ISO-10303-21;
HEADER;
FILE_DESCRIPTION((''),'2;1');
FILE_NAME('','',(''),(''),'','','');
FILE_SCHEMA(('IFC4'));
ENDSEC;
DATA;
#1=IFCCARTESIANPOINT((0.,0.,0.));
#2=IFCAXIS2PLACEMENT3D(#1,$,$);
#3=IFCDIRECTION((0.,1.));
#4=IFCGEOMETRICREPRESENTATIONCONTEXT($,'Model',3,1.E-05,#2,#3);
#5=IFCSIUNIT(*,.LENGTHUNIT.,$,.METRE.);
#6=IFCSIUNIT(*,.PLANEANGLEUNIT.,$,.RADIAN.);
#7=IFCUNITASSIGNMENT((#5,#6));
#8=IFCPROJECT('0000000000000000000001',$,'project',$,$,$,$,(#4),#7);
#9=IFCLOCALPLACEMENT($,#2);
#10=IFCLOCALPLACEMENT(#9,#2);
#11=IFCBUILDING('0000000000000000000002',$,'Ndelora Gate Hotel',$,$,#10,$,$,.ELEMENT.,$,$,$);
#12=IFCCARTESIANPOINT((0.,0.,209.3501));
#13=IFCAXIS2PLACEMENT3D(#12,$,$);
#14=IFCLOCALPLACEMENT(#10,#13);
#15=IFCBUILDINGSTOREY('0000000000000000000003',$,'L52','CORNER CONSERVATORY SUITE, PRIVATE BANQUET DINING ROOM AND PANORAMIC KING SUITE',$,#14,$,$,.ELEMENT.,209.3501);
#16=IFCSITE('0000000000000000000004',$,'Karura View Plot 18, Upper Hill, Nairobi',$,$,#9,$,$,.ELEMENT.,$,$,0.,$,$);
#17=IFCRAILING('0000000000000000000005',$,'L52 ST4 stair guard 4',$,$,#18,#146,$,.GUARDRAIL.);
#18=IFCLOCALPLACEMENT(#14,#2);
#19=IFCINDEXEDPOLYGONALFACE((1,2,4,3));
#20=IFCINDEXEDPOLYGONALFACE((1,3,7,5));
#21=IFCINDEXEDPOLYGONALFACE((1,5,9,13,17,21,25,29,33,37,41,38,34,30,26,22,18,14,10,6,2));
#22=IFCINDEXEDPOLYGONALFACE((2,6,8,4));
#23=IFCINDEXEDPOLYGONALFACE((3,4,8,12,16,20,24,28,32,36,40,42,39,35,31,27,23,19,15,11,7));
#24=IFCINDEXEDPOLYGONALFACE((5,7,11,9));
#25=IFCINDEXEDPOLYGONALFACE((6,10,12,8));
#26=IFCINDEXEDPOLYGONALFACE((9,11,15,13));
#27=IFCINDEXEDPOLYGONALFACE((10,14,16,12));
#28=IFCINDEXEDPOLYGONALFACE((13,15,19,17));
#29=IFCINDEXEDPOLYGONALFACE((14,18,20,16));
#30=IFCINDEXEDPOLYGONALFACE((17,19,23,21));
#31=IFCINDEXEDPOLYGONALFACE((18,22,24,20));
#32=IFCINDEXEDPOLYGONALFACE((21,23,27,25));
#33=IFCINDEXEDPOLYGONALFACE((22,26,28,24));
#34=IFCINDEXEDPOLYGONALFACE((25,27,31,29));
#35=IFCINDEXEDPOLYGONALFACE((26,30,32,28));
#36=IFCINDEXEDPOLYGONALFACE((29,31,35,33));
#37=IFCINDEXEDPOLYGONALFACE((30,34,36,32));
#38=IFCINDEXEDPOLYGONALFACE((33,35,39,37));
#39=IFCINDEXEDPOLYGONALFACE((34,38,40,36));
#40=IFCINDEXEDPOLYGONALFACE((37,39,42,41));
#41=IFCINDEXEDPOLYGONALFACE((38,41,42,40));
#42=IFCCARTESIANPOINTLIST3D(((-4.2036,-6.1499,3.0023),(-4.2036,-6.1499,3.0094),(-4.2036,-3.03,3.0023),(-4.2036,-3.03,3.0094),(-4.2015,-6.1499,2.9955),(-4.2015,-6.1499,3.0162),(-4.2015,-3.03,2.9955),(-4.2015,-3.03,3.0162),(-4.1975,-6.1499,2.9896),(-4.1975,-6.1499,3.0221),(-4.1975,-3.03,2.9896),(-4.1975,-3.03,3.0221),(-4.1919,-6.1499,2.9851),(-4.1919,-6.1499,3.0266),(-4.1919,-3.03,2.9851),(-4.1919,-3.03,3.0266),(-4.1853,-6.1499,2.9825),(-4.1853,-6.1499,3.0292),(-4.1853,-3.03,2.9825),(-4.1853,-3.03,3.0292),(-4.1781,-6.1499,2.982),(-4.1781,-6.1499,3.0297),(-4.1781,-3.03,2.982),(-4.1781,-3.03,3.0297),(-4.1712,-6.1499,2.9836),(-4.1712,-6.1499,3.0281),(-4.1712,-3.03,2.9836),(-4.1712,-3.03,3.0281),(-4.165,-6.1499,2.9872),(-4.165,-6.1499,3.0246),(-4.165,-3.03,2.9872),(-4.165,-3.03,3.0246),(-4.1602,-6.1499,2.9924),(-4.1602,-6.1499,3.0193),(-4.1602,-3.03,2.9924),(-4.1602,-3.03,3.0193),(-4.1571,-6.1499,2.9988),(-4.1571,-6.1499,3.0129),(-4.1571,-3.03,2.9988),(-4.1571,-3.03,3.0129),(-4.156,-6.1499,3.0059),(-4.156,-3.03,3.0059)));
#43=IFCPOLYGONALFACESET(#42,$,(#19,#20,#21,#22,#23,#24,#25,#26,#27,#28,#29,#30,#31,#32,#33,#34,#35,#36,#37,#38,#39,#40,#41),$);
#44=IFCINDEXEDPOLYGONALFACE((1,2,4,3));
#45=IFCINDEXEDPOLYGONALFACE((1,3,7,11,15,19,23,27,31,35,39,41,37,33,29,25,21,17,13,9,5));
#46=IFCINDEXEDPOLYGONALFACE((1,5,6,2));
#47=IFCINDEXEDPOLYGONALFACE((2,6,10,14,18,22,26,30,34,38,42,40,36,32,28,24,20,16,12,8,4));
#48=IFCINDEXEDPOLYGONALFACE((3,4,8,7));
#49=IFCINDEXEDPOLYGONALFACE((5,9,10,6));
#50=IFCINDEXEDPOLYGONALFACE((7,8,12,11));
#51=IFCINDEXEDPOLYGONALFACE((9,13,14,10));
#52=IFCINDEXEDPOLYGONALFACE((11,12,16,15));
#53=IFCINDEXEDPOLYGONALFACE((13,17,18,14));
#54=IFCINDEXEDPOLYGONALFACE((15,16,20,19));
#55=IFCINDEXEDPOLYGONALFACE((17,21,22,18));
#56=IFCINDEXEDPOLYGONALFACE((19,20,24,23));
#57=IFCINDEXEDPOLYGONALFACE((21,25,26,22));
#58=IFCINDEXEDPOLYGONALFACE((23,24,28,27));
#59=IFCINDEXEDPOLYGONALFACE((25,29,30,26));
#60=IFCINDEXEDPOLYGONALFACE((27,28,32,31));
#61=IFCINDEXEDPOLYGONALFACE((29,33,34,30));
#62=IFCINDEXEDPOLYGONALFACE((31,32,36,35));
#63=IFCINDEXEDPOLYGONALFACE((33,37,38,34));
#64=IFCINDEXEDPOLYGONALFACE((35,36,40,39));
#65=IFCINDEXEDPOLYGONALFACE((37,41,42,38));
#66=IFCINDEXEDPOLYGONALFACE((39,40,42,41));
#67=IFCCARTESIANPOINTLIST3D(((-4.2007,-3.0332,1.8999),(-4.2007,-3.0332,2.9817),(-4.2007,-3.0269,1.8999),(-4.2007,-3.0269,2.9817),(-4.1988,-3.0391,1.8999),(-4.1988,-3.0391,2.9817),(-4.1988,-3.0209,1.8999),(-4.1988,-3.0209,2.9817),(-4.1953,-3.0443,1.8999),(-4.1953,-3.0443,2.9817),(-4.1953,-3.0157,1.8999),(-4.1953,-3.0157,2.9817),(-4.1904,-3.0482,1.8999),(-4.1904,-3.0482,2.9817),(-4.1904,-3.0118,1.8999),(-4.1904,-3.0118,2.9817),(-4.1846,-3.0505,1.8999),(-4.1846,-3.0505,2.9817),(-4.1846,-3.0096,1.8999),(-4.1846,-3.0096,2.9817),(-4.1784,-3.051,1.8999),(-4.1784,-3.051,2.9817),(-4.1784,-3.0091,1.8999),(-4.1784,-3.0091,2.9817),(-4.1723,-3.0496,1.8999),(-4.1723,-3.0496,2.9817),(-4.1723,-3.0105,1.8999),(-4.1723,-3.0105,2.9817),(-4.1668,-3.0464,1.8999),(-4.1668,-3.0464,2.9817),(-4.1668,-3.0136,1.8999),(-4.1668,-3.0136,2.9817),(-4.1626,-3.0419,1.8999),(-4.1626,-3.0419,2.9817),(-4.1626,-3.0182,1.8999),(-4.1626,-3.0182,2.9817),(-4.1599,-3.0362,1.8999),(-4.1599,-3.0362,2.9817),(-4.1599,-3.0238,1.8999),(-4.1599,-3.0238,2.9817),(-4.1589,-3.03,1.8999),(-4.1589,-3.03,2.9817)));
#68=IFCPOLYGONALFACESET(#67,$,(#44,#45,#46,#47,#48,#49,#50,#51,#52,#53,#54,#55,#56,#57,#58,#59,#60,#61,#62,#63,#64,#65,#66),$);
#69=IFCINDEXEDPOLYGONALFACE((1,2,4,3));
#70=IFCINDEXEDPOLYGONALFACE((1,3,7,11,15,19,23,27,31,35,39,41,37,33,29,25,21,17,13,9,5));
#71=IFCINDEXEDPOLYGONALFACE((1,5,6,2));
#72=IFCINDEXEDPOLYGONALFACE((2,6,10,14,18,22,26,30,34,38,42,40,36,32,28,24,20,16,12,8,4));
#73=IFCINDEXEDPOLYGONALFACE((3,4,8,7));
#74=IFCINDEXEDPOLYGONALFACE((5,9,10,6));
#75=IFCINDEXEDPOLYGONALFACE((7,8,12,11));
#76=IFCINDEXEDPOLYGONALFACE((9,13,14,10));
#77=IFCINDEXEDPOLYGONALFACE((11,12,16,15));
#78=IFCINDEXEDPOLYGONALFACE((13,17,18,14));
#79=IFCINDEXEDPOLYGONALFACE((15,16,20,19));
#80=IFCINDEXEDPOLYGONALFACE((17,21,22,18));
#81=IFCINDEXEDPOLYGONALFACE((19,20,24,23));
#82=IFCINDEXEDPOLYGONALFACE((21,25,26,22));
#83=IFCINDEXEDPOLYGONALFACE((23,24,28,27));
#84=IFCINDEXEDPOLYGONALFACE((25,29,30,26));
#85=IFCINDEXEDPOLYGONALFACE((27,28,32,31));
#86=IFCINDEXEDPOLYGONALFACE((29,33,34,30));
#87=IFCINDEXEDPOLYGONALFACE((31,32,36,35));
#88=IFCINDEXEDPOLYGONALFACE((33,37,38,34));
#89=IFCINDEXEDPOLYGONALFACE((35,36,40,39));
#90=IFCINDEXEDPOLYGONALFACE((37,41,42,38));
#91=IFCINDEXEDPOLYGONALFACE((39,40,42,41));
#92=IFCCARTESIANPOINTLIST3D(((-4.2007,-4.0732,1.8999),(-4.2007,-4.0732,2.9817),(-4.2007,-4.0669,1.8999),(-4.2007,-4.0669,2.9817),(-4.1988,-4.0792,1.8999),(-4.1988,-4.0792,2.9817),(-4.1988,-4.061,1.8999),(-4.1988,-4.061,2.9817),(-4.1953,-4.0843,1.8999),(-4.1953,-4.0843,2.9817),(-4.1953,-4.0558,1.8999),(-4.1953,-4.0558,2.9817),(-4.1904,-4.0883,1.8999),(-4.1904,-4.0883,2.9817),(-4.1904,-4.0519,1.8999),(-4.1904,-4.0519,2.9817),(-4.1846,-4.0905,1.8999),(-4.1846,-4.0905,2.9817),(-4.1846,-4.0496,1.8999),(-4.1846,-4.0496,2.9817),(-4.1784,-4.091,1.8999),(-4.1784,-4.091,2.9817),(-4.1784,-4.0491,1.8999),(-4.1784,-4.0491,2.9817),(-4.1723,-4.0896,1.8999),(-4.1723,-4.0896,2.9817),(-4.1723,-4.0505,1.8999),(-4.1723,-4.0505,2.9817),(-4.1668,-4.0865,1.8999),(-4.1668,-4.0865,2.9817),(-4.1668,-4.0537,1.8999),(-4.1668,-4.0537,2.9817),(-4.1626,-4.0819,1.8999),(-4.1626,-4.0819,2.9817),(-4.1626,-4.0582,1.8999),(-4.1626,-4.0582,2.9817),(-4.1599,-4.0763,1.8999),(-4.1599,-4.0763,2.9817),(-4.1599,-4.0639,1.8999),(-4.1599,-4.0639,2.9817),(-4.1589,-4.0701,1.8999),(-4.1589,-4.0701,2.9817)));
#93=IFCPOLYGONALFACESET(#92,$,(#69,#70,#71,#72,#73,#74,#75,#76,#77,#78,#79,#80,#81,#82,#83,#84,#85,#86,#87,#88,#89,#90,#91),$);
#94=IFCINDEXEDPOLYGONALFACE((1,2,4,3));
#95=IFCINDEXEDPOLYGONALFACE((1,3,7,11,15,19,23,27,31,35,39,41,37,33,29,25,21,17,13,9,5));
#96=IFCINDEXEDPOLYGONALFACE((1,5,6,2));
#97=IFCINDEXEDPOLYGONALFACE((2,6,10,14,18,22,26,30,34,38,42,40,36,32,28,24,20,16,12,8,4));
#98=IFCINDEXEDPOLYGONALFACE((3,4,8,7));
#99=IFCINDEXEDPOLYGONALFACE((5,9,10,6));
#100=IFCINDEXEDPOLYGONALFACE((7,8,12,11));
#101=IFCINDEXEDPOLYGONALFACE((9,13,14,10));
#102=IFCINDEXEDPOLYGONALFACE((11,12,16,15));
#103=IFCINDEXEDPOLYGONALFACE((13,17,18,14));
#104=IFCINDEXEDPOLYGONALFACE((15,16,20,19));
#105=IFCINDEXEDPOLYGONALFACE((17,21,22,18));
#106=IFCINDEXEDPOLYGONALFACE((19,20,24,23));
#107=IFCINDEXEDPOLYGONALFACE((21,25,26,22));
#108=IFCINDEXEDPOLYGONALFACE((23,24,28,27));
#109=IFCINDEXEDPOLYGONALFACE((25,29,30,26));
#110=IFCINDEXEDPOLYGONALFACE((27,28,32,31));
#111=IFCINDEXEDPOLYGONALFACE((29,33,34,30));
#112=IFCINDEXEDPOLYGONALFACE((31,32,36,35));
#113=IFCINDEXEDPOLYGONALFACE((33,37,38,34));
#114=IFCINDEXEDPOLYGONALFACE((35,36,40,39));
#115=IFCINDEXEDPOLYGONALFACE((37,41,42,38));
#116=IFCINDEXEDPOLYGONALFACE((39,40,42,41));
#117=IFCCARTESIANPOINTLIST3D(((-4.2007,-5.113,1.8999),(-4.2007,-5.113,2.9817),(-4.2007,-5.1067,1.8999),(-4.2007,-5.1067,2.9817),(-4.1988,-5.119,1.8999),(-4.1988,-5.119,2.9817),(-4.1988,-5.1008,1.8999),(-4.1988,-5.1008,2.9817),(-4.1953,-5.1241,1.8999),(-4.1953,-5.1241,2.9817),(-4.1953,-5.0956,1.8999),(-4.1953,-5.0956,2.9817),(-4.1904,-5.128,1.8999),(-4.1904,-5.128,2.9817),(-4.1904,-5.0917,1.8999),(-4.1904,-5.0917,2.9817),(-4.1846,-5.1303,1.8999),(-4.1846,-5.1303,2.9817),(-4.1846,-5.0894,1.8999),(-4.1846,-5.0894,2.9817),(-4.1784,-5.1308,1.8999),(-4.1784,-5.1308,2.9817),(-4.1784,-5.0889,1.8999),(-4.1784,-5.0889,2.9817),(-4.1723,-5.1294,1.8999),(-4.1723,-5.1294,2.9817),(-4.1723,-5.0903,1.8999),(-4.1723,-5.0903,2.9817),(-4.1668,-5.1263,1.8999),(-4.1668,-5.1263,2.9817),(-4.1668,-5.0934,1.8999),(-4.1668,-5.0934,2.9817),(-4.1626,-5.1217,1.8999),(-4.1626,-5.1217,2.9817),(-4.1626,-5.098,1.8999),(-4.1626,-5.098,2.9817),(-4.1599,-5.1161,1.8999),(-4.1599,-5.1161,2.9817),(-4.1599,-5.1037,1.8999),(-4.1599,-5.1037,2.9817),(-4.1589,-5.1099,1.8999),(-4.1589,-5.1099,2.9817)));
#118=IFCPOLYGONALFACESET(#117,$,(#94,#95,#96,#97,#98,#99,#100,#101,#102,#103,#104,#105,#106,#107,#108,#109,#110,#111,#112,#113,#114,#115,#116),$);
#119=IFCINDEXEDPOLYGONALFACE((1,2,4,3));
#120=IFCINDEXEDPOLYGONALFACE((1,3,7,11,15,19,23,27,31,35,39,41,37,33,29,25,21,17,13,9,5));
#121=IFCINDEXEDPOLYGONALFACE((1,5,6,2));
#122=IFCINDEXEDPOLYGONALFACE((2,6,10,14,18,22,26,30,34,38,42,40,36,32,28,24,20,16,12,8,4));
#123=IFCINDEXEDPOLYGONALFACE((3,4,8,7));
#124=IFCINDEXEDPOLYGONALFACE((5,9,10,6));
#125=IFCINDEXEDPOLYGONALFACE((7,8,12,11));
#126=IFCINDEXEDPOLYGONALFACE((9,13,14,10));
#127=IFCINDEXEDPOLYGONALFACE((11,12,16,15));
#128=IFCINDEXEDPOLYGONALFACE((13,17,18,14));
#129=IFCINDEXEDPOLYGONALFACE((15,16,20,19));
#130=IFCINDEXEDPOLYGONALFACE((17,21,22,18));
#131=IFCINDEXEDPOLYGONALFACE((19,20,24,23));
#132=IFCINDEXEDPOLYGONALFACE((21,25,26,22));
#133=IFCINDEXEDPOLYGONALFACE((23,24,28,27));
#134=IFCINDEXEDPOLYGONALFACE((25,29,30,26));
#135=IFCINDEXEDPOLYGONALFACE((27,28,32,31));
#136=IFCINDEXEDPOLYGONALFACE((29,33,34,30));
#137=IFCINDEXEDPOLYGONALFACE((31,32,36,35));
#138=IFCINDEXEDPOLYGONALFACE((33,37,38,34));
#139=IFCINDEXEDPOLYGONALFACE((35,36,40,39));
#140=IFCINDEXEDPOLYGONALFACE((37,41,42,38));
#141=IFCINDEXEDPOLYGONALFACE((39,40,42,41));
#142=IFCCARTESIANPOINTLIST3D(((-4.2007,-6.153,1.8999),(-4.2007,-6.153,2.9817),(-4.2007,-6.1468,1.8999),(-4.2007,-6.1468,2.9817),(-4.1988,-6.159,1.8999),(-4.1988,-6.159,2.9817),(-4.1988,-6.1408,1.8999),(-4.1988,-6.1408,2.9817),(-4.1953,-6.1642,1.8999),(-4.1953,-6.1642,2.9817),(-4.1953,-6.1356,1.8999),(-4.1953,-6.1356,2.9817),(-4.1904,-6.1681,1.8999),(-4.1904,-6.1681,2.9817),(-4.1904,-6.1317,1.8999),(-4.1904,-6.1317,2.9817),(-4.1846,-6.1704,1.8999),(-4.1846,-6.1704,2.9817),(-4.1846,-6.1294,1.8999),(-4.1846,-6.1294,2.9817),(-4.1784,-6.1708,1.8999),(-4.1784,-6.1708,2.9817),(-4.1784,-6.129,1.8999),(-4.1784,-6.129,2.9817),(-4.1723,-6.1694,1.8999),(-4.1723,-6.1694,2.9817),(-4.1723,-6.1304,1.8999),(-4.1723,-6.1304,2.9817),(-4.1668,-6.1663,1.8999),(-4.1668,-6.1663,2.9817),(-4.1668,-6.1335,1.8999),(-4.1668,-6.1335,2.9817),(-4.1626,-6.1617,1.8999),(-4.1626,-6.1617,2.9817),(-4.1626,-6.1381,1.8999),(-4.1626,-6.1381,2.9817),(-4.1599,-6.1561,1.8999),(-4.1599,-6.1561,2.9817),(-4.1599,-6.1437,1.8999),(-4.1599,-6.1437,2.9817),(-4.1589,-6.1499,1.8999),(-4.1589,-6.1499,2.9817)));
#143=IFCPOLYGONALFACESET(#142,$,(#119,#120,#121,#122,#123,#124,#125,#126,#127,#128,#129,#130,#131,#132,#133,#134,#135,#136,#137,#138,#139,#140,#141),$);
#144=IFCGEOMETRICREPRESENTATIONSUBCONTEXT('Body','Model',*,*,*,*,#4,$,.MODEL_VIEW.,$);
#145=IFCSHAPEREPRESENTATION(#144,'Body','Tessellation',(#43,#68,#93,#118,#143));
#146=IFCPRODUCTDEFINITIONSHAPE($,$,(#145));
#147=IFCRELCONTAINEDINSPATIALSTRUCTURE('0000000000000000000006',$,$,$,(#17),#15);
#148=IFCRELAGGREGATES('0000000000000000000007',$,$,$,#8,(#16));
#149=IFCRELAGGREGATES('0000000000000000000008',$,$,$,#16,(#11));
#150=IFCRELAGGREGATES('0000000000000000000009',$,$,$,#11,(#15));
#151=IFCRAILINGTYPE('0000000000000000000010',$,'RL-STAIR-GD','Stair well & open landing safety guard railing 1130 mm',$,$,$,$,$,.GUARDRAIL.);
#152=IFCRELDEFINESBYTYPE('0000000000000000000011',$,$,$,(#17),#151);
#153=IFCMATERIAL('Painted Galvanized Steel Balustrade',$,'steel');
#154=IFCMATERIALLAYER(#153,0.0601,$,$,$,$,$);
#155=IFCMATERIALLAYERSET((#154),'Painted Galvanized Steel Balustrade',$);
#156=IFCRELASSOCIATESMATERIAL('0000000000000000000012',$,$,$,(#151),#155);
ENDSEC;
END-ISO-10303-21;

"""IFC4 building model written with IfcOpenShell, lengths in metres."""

from ifc_helpers import new_model, si_unit, direction, frame, origin, origin_2d, place, context, subcontext, project, spatial, circle, extrude, material, layer, layer_set, type_object, element, save


model = new_model("IFC4")

# Units and contexts
model_context = context("Model", 3, precision=1e-05, world=origin(), true_north=direction((0.0, 1.0)))
body_context = subcontext(model_context, "Body", "Model", "MODEL_VIEW")
ifc_project = project(units=[si_unit("LENGTHUNIT", "METRE"), si_unit("PLANEANGLEUNIT", "RADIAN")], contexts=[model_context])

# Site, building, storey
site_placement = place(None, origin())
site = spatial("IfcSite", under=ifc_project, at=site_placement, Name="Karura View Plot 18, Upper Hill, Nairobi", CompositionType="ELEMENT", RefElevation=0.0)
building_placement = place(site_placement, origin())
building = spatial("IfcBuilding", under=site, at=building_placement, Name="Ndelora Gate Hotel", CompositionType="ELEMENT")
storey_placement = place(building_placement, frame((0.0, 0.0, 209.3501)))
storey = spatial("IfcBuildingStorey", under=building, at=storey_placement, Name="L52", Description="CORNER CONSERVATORY SUITE, PRIVATE BANQUET DINING ROOM AND PANORAMIC KING SUITE", CompositionType="ELEMENT", Elevation=209.3501)

# Railing
ifc_material_1 = material(Name="Painted Galvanized Steel Balustrade", Category="steel")
ifc_layer_1 = layer(ifc_material_1, 0.0601)
ifc_layer_set_1 = layer_set([ifc_layer_1], Name="Painted Galvanized Steel Balustrade")
railing_type_1 = type_object("IfcRailingType", Name="RL-STAIR-GD", Description="Stair well & open landing safety guard railing 1130 mm", PredefinedType="GUARDRAIL", material=ifc_layer_set_1)
for number, where, name in (
    (1, (-4.1799, -3.03, 1.8999), "L52 ST4 stair guard 4"),
):
    element("IfcRailing", number, at=place(storey_placement, frame(where)), inside=storey, type_object=railing_type_1, Name=name, PredefinedType="GUARDRAIL", context=body_context, shape_type="SweptSolid", body=[
        extrude(circle(Radius=0.0239, at=origin_2d()), frame((0.0, 0.0, 1.106), z_axis=(0.0, -1.0, 0.0), x_axis=(1.0, 0.0, 0.0)), (0.0, 0.0, 1.0), 3.1199),
        extrude(circle(Radius=0.021, at=origin_2d()), origin(), (0.0, 0.0, 1.0), 1.0818),
        extrude(circle(Radius=0.021, at=origin_2d()), frame((0.0, -1.04, 0.0)), (0.0, 0.0, 1.0), 1.0818),
        extrude(circle(Radius=0.021, at=origin_2d()), frame((0.0, -2.0798, 0.0)), (0.0, 0.0, 1.0), 1.0818),
        extrude(circle(Radius=0.021, at=origin_2d()), frame((0.0, -3.1199, 0.0)), (0.0, 0.0, 1.0), 1.0818),
    ])

save(model, "model.ifc")
